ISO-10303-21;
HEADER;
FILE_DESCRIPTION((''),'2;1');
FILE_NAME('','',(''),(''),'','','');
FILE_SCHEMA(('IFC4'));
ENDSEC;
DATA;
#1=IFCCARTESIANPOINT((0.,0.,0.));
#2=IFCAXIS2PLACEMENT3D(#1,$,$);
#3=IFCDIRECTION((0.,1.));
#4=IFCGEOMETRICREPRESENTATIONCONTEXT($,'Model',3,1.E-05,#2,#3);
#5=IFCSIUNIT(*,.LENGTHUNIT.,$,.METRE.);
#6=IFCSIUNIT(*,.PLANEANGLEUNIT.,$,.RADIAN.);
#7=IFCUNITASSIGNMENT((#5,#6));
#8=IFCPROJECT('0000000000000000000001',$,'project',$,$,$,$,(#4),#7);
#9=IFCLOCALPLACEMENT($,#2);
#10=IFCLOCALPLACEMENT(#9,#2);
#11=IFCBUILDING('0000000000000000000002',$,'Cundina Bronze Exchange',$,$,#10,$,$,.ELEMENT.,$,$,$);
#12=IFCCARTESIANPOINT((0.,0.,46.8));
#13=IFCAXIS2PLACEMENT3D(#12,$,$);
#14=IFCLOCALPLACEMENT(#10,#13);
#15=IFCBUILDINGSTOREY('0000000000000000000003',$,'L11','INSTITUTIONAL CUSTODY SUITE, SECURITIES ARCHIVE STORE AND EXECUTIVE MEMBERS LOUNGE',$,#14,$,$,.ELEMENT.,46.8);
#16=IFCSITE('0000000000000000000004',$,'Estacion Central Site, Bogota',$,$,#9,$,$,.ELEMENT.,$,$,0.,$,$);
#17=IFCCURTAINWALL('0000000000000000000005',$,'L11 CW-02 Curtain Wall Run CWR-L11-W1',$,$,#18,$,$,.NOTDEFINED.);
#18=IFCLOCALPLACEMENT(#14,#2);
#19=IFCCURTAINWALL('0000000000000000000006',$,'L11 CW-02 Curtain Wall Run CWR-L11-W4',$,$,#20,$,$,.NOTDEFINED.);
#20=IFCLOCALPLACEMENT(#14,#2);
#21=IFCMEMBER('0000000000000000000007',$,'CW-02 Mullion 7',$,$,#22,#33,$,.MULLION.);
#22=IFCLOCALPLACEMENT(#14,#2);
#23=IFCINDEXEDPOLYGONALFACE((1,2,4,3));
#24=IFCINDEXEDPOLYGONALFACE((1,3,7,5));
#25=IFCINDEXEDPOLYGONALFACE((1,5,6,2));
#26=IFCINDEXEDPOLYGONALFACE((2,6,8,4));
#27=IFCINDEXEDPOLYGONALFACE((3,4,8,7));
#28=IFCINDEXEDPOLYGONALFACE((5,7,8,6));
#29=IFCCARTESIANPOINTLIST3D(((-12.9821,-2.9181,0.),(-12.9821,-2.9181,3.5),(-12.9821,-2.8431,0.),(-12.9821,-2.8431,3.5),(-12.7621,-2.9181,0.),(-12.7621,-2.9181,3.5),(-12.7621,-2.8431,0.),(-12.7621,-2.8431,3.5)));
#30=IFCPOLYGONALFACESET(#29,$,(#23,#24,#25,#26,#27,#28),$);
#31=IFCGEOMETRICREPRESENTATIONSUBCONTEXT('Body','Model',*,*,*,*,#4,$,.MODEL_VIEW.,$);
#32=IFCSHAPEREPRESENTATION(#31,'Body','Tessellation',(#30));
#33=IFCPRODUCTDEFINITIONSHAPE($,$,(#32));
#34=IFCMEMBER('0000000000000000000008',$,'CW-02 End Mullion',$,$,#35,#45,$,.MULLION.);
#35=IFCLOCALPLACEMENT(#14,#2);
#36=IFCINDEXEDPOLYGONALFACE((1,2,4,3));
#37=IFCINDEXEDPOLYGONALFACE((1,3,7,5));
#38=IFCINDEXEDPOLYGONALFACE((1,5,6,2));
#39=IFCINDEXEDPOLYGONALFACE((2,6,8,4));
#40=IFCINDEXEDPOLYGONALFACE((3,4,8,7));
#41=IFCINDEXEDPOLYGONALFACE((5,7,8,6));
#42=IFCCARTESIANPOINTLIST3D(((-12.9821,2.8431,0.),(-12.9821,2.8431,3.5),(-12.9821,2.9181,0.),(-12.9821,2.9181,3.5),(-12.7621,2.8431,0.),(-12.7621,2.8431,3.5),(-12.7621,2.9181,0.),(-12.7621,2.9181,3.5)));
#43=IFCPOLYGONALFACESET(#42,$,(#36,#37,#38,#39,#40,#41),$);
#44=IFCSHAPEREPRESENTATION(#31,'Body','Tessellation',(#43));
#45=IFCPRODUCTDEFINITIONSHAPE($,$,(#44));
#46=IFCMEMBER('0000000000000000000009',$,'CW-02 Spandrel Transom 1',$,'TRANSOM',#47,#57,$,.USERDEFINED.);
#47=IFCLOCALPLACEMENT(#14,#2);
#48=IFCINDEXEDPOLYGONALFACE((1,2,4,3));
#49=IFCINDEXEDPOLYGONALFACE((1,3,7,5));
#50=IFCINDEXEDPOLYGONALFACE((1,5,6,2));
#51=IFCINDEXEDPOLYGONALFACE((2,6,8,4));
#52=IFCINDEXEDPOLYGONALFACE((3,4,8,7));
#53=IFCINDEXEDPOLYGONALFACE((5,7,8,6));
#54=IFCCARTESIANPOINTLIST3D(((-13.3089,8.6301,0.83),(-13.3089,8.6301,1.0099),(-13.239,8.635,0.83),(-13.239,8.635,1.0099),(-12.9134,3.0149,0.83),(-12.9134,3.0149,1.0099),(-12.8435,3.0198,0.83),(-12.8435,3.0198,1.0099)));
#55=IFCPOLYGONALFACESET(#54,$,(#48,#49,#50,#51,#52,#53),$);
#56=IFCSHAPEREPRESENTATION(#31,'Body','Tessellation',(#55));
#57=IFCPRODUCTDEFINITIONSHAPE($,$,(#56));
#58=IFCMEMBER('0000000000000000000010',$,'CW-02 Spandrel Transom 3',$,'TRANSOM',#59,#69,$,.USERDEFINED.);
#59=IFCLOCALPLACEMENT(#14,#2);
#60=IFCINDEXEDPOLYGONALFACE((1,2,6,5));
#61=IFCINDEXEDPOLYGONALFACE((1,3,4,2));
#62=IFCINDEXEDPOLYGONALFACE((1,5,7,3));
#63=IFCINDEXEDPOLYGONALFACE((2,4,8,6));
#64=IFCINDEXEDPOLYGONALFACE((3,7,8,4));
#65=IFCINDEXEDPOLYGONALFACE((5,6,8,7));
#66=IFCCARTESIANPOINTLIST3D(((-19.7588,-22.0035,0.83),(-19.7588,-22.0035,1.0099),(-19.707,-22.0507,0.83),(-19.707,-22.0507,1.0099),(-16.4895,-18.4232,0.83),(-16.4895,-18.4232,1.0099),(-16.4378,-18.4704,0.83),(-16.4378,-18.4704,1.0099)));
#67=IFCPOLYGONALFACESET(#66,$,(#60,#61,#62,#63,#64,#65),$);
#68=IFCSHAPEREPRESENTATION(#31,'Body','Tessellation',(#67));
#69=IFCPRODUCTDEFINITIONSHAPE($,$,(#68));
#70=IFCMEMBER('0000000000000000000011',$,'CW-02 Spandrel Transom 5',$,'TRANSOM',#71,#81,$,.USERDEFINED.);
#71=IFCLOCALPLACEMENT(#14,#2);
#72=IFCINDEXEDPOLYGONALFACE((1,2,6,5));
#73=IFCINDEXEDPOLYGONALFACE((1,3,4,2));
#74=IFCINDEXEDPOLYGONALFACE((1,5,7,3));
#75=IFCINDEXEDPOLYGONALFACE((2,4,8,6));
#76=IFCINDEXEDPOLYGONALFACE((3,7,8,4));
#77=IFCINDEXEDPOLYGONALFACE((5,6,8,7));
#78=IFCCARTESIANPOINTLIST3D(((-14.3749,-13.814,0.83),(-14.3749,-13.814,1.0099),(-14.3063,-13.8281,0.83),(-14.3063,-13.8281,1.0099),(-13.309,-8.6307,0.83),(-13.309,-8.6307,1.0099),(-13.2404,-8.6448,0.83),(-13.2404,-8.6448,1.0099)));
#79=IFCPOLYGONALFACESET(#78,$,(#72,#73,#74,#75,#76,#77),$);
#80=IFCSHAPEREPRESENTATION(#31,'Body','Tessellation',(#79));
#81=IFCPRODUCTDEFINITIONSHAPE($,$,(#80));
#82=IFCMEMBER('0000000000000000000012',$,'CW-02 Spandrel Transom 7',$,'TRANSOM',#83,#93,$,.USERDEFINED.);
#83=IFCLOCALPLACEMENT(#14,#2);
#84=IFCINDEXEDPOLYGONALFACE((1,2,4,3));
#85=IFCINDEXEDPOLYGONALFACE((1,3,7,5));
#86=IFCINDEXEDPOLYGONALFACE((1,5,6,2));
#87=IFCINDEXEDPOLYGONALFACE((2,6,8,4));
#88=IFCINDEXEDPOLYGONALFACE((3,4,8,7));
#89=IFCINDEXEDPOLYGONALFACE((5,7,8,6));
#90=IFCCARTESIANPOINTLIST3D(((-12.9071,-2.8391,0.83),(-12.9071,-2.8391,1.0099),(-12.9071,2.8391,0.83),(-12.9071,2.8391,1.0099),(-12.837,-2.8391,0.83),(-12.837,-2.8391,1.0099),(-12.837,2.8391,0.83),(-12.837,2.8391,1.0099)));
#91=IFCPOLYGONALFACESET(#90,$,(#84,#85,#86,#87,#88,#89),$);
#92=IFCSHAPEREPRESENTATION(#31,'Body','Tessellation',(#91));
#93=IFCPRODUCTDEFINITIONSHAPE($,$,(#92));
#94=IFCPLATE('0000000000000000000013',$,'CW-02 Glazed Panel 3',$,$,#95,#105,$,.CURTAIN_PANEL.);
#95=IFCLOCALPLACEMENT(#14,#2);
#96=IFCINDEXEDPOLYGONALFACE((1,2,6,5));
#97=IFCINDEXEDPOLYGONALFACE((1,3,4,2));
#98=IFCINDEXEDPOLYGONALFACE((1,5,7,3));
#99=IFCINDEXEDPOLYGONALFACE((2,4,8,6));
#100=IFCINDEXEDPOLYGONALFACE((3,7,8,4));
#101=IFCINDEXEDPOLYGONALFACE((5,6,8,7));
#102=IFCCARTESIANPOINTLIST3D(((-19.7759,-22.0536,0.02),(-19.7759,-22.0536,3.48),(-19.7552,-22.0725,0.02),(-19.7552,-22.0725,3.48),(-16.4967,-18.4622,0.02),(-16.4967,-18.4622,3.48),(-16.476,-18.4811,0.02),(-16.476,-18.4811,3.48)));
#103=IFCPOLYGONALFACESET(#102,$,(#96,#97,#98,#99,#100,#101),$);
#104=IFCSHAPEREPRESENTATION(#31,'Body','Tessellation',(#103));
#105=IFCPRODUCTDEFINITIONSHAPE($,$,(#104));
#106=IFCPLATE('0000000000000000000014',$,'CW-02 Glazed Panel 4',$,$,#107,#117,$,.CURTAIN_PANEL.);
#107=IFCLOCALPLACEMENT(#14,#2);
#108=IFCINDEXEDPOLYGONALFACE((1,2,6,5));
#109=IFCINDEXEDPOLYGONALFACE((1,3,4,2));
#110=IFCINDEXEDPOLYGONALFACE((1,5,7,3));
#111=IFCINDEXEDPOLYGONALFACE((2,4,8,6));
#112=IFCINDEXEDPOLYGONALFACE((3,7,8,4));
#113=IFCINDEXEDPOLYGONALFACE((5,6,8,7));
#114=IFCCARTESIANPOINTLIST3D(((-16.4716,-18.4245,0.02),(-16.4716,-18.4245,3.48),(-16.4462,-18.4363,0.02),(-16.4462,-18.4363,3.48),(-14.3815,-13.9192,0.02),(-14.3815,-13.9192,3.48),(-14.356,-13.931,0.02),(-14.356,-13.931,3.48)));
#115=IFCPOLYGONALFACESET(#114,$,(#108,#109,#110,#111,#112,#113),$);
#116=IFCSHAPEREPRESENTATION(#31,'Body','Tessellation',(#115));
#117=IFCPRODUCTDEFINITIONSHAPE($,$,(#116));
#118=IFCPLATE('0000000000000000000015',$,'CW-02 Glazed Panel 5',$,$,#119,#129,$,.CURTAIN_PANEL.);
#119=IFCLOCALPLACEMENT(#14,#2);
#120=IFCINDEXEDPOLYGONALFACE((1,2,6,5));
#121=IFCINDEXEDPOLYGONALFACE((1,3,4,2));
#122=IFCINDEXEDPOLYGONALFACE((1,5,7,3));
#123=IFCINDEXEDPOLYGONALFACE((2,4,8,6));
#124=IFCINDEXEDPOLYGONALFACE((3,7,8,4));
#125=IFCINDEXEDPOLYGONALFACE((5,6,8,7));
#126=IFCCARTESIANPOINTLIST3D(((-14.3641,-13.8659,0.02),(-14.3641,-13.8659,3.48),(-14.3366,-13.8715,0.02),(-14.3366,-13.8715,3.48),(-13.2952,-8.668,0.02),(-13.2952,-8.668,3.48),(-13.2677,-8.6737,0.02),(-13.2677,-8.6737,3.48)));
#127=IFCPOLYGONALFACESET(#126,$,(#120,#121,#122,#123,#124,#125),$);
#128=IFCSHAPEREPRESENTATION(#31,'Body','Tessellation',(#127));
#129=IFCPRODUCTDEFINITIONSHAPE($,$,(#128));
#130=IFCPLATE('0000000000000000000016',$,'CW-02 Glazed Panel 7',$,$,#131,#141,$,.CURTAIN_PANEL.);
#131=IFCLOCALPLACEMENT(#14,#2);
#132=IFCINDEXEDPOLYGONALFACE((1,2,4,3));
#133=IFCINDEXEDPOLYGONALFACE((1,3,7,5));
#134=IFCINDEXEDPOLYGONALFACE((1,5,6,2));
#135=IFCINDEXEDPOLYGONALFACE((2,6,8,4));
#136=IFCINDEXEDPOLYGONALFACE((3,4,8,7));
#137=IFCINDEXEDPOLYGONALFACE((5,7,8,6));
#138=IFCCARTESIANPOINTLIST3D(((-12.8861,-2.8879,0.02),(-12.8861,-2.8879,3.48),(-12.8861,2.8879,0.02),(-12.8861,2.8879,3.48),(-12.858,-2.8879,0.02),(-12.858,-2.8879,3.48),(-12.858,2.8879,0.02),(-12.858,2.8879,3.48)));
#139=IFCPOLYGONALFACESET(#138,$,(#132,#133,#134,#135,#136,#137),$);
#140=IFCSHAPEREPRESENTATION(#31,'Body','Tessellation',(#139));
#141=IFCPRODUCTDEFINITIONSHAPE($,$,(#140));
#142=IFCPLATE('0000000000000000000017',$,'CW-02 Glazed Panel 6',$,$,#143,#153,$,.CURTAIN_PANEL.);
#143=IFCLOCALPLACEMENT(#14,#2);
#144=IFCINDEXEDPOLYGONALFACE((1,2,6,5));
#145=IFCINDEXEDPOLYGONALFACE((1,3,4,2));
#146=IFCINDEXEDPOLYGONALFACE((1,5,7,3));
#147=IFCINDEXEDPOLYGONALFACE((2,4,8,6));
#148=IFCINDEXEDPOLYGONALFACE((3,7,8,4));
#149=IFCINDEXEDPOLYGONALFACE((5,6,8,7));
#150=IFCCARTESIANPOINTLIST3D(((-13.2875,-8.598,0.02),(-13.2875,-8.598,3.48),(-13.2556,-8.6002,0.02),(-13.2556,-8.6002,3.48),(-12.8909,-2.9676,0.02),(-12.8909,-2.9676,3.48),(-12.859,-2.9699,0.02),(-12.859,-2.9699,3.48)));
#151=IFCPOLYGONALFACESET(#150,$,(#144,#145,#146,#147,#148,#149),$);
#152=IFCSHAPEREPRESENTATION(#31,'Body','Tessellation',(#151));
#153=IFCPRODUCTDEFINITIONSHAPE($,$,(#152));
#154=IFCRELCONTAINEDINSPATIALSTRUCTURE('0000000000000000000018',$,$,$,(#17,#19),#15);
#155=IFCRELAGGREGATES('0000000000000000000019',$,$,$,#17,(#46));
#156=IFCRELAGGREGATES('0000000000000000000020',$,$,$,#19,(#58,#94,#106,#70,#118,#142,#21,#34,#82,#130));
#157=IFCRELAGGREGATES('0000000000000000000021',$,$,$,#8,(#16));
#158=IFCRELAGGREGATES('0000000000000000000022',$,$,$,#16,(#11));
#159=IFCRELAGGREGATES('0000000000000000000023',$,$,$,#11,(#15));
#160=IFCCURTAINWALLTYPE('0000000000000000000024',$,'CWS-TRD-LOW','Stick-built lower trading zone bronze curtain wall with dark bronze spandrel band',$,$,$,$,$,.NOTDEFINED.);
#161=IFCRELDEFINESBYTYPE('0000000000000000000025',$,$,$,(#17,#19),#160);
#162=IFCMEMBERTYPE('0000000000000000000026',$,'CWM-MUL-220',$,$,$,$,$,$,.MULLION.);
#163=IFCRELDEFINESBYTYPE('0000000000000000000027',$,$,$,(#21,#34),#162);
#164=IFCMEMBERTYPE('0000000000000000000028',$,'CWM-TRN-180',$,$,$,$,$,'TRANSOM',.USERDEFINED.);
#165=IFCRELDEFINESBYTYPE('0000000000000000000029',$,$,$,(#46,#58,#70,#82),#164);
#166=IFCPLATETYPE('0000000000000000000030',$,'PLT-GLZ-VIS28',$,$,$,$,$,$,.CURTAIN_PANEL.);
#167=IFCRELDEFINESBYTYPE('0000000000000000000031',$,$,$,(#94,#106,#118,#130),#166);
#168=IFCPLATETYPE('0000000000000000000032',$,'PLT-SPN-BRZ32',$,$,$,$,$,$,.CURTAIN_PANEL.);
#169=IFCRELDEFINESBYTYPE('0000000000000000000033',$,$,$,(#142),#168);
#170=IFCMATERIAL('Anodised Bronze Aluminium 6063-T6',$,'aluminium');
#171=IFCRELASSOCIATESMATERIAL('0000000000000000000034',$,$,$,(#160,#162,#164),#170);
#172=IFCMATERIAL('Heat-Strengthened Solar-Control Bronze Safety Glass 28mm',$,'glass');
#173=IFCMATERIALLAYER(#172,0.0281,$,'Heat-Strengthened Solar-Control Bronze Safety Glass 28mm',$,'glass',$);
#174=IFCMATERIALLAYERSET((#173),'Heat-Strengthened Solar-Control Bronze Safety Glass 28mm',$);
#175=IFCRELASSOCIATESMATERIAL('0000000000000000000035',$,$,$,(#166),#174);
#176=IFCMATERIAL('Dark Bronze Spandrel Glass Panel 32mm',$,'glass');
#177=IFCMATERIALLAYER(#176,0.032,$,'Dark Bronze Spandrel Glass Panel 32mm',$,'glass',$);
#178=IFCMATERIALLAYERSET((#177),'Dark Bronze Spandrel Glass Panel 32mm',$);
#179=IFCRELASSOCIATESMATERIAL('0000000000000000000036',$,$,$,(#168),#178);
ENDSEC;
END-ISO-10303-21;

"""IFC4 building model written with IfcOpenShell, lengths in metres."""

from ifc_helpers import new_model, si_unit, direction, frame, origin, origin_2d, place, context, subcontext, project, spatial, rectangle, extrude, material, layer, layer_set, material_profile, profile_set, type_object, element, aggregate, save


model = new_model("IFC4")

# Units and contexts
model_context = context("Model", 3, precision=1e-05, world=origin(), true_north=direction((0.0, 1.0)))
body_context = subcontext(model_context, "Body", "Model", "MODEL_VIEW")
ifc_project = project(units=[si_unit("LENGTHUNIT", "METRE"), si_unit("PLANEANGLEUNIT", "RADIAN")], contexts=[model_context])

# Site, building, storey
site_placement = place(None, origin())
site = spatial("IfcSite", under=ifc_project, at=site_placement, Name="Estacion Central Site, Bogota", CompositionType="ELEMENT", RefElevation=0.0)
building_placement = place(site_placement, origin())
building = spatial("IfcBuilding", under=site, at=building_placement, Name="Cundina Bronze Exchange", CompositionType="ELEMENT")
storey_placement = place(building_placement, frame((0.0, 0.0, 46.8)))
storey = spatial("IfcBuildingStorey", under=building, at=storey_placement, Name="L11", Description="INSTITUTIONAL CUSTODY SUITE, SECURITIES ARCHIVE STORE AND EXECUTIVE MEMBERS LOUNGE", CompositionType="ELEMENT", Elevation=46.8)

# Curtain wall
ifc_material_1 = material(Name="Anodised Bronze Aluminium 6063-T6", Category="aluminium")
curtain_wall_type = type_object("IfcCurtainWallType", Name="CWS-TRD-LOW", Description="Stick-built lower trading zone bronze curtain wall with dark bronze spandrel band", PredefinedType="NOTDEFINED", material=ifc_material_1)
curtain_wall_1_placement = place(storey_placement, origin())
curtain_wall_1 = element("IfcCurtainWall", 1, at=curtain_wall_1_placement, inside=storey, type_object=curtain_wall_type, Name="L11 CW-02 Curtain Wall Run CWR-L11-W1", PredefinedType="NOTDEFINED")
ifc_material_profile_1 = material_profile(ifc_material_1, rectangle(XDim=0.075, YDim=0.22, at=origin_2d()), Name="AL75X220", Category="aluminium")
ifc_profile_set_1 = profile_set([ifc_material_profile_1], Name="Anodised Bronze Aluminium 6063-T6")
member_type_1 = type_object("IfcMemberType", Name="CWM-MUL-220", PredefinedType="MULLION", material=ifc_profile_set_1)

# Curtain wall, members
curtain_wall_2_placement = place(storey_placement, origin())
curtain_wall_2 = element("IfcCurtainWall", 2, at=curtain_wall_2_placement, inside=storey, type_object=curtain_wall_type, Name="L11 CW-02 Curtain Wall Run CWR-L11-W4", PredefinedType="NOTDEFINED")
member_1_placement = place(storey_placement, frame((-12.8721, -2.8806, 0.0), z_axis=(0.0, 0.0, 1.0), x_axis=(0.0, 1.0, 0.0)))
member_1 = element("IfcMember", 3, at=member_1_placement, type_object=member_type_1, Name="CW-02 Mullion 7", PredefinedType="MULLION", context=body_context, shape_type="SweptSolid", body=[
    extrude(rectangle(XDim=0.075, YDim=0.22, at=origin_2d()), origin(), (0.0, 0.0, 1.0), 3.5),
])
member_2_placement = place(storey_placement, frame((-12.8721, 2.8806, 0.0), z_axis=(0.0, 0.0, 1.0), x_axis=(0.0, 1.0, 0.0)))
member_2 = element("IfcMember", 4, at=member_2_placement, type_object=member_type_1, Name="CW-02 End Mullion", PredefinedType="MULLION", context=body_context, shape_type="SweptSolid", body=[
    extrude(rectangle(XDim=0.075, YDim=0.22, at=origin_2d()), origin(), (0.0, 0.0, 1.0), 3.5),
])

# Members
ifc_material_profile_2 = material_profile(ifc_material_1, rectangle(XDim=0.0701, YDim=0.1799, at=origin_2d()), Name="AL70X180", Category="aluminium")
ifc_profile_set_2 = profile_set([ifc_material_profile_2], Name="Anodised Bronze Aluminium 6063-T6")
member_type_2 = type_object("IfcMemberType", Name="CWM-TRN-180", ElementType="TRANSOM", PredefinedType="USERDEFINED", material=ifc_profile_set_2)
member_3_placement = place(storey_placement, frame((-12.8784, 3.0173, 0.9199), z_axis=(-0.070261, 0.997529, 0.0), x_axis=(-0.997529, -0.070261, 0.0)))
member_3 = element("IfcMember", 5, at=member_3_placement, type_object=member_type_2, Name="CW-02 Spandrel Transom 1", ObjectType="TRANSOM", PredefinedType="USERDEFINED", context=body_context, shape_type="SweptSolid", body=[
    extrude(rectangle(XDim=0.0701, YDim=0.1799, at=origin_2d()), origin(), (0.0, 0.0, 1.0), 5.6292),
])
aggregate(curtain_wall_1, [member_3])
member_4_placement = place(storey_placement, frame((-19.7329, -22.0271, 0.9199), z_axis=(0.674303, 0.738455, 0.0), x_axis=(-0.738455, 0.674303, 0.0)))
member_4 = element("IfcMember", 6, at=member_4_placement, type_object=member_type_2, Name="CW-02 Spandrel Transom 3", ObjectType="TRANSOM", PredefinedType="USERDEFINED", context=body_context, shape_type="SweptSolid", body=[
    extrude(rectangle(XDim=0.0701, YDim=0.1799, at=origin_2d()), origin(), (0.0, 0.0, 1.0), 4.8484),
])
member_5_placement = place(storey_placement, frame((-14.3406, -13.821, 0.9199), z_axis=(0.201428, 0.979503, 0.0), x_axis=(-0.979503, 0.201428, 0.0)))
member_5 = element("IfcMember", 7, at=member_5_placement, type_object=member_type_2, Name="CW-02 Spandrel Transom 5", ObjectType="TRANSOM", PredefinedType="USERDEFINED", context=body_context, shape_type="SweptSolid", body=[
    extrude(rectangle(XDim=0.0701, YDim=0.1799, at=origin_2d()), origin(), (0.0, 0.0, 1.0), 5.2917),
])
member_6_placement = place(storey_placement, frame((-12.8721, -2.8391, 0.9199), z_axis=(0.0, 1.0, 0.0), x_axis=(-1.0, 0.0, 0.0)))
member_6 = element("IfcMember", 8, at=member_6_placement, type_object=member_type_2, Name="CW-02 Spandrel Transom 7", ObjectType="TRANSOM", PredefinedType="USERDEFINED", context=body_context, shape_type="SweptSolid", body=[
    extrude(rectangle(XDim=0.0701, YDim=0.1799, at=origin_2d()), origin(), (0.0, 0.0, 1.0), 5.6782),
])

# Plates
ifc_material_2 = material(Name="Heat-Strengthened Solar-Control Bronze Safety Glass 28mm", Category="glass")
ifc_layer_1 = layer(ifc_material_2, 0.0281, Name="Heat-Strengthened Solar-Control Bronze Safety Glass 28mm", Category="glass")
ifc_layer_set_1 = layer_set([ifc_layer_1], Name="Heat-Strengthened Solar-Control Bronze Safety Glass 28mm")
plate_type_1 = type_object("IfcPlateType", Name="PLT-GLZ-VIS28", PredefinedType="CURTAIN_PANEL", material=ifc_layer_set_1)
plate_1_placement = place(storey_placement, frame((-18.126, -20.2673, 0.02), z_axis=(0.0, 0.0, 1.0), x_axis=(0.674277, 0.738479, 0.0)))
plate_1 = element("IfcPlate", 9, at=plate_1_placement, type_object=plate_type_1, Name="CW-02 Glazed Panel 3", PredefinedType="CURTAIN_PANEL", context=body_context, shape_type="SweptSolid", body=[
    extrude(rectangle(XDim=4.8633, YDim=0.0281, at=origin_2d()), origin(), (0.0, 0.0, 1.0), 3.46),
])
plate_2_placement = place(storey_placement, frame((-15.4138, -16.1777, 0.02), z_axis=(0.0, 0.0, 1.0), x_axis=(0.420846, 0.907132, 0.0)))
plate_2 = element("IfcPlate", 10, at=plate_2_placement, type_object=plate_type_1, Name="CW-02 Glazed Panel 4", PredefinedType="CURTAIN_PANEL", context=body_context, shape_type="SweptSolid", body=[
    extrude(rectangle(XDim=4.9666, YDim=0.0281, at=origin_2d()), origin(), (0.0, 0.0, 1.0), 3.46),
])
plate_3_placement = place(storey_placement, frame((-13.8159, -11.2698, 0.02), z_axis=(0.0, 0.0, 1.0), x_axis=(0.20142, 0.979505, 0.0)))
plate_3 = element("IfcPlate", 11, at=plate_3_placement, type_object=plate_type_1, Name="CW-02 Glazed Panel 5", PredefinedType="CURTAIN_PANEL", context=body_context, shape_type="SweptSolid", body=[
    extrude(rectangle(XDim=5.3066, YDim=0.0281, at=origin_2d()), origin(), (0.0, 0.0, 1.0), 3.46),
])
plate_4_placement = place(storey_placement, frame((-12.8721, 0.0, 0.02), z_axis=(0.0, 0.0, 1.0), x_axis=(0.0, 1.0, 0.0)))
plate_4 = element("IfcPlate", 12, at=plate_4_placement, type_object=plate_type_1, Name="CW-02 Glazed Panel 7", PredefinedType="CURTAIN_PANEL", context=body_context, shape_type="SweptSolid", body=[
    extrude(rectangle(XDim=5.7759, YDim=0.0281, at=origin_2d()), origin(), (0.0, 0.0, 1.0), 3.46),
])
ifc_material_3 = material(Name="Dark Bronze Spandrel Glass Panel 32mm", Category="glass")
ifc_layer_2 = layer(ifc_material_3, 0.032, Name="Dark Bronze Spandrel Glass Panel 32mm", Category="glass")
ifc_layer_set_2 = layer_set([ifc_layer_2], Name="Dark Bronze Spandrel Glass Panel 32mm")
plate_type_2 = type_object("IfcPlateType", Name="PLT-SPN-BRZ32", PredefinedType="CURTAIN_PANEL", material=ifc_layer_set_2)
plate_5_placement = place(storey_placement, frame((-13.0732, -5.7839, 0.02), z_axis=(0.0, 0.0, 1.0), x_axis=(0.070279, 0.997527, 0.0)))
plate_5 = element("IfcPlate", 13, at=plate_5_placement, type_object=plate_type_2, Name="CW-02 Glazed Panel 6", PredefinedType="CURTAIN_PANEL", context=body_context, shape_type="SweptSolid", body=[
    extrude(rectangle(XDim=5.6443, YDim=0.032, at=origin_2d()), origin(), (0.0, 0.0, 1.0), 3.46),
])
aggregate(curtain_wall_2, [member_4, plate_1, plate_2, member_5, plate_3, plate_5, member_1, member_2, member_6, plate_4])

save(model, "model.ifc")
